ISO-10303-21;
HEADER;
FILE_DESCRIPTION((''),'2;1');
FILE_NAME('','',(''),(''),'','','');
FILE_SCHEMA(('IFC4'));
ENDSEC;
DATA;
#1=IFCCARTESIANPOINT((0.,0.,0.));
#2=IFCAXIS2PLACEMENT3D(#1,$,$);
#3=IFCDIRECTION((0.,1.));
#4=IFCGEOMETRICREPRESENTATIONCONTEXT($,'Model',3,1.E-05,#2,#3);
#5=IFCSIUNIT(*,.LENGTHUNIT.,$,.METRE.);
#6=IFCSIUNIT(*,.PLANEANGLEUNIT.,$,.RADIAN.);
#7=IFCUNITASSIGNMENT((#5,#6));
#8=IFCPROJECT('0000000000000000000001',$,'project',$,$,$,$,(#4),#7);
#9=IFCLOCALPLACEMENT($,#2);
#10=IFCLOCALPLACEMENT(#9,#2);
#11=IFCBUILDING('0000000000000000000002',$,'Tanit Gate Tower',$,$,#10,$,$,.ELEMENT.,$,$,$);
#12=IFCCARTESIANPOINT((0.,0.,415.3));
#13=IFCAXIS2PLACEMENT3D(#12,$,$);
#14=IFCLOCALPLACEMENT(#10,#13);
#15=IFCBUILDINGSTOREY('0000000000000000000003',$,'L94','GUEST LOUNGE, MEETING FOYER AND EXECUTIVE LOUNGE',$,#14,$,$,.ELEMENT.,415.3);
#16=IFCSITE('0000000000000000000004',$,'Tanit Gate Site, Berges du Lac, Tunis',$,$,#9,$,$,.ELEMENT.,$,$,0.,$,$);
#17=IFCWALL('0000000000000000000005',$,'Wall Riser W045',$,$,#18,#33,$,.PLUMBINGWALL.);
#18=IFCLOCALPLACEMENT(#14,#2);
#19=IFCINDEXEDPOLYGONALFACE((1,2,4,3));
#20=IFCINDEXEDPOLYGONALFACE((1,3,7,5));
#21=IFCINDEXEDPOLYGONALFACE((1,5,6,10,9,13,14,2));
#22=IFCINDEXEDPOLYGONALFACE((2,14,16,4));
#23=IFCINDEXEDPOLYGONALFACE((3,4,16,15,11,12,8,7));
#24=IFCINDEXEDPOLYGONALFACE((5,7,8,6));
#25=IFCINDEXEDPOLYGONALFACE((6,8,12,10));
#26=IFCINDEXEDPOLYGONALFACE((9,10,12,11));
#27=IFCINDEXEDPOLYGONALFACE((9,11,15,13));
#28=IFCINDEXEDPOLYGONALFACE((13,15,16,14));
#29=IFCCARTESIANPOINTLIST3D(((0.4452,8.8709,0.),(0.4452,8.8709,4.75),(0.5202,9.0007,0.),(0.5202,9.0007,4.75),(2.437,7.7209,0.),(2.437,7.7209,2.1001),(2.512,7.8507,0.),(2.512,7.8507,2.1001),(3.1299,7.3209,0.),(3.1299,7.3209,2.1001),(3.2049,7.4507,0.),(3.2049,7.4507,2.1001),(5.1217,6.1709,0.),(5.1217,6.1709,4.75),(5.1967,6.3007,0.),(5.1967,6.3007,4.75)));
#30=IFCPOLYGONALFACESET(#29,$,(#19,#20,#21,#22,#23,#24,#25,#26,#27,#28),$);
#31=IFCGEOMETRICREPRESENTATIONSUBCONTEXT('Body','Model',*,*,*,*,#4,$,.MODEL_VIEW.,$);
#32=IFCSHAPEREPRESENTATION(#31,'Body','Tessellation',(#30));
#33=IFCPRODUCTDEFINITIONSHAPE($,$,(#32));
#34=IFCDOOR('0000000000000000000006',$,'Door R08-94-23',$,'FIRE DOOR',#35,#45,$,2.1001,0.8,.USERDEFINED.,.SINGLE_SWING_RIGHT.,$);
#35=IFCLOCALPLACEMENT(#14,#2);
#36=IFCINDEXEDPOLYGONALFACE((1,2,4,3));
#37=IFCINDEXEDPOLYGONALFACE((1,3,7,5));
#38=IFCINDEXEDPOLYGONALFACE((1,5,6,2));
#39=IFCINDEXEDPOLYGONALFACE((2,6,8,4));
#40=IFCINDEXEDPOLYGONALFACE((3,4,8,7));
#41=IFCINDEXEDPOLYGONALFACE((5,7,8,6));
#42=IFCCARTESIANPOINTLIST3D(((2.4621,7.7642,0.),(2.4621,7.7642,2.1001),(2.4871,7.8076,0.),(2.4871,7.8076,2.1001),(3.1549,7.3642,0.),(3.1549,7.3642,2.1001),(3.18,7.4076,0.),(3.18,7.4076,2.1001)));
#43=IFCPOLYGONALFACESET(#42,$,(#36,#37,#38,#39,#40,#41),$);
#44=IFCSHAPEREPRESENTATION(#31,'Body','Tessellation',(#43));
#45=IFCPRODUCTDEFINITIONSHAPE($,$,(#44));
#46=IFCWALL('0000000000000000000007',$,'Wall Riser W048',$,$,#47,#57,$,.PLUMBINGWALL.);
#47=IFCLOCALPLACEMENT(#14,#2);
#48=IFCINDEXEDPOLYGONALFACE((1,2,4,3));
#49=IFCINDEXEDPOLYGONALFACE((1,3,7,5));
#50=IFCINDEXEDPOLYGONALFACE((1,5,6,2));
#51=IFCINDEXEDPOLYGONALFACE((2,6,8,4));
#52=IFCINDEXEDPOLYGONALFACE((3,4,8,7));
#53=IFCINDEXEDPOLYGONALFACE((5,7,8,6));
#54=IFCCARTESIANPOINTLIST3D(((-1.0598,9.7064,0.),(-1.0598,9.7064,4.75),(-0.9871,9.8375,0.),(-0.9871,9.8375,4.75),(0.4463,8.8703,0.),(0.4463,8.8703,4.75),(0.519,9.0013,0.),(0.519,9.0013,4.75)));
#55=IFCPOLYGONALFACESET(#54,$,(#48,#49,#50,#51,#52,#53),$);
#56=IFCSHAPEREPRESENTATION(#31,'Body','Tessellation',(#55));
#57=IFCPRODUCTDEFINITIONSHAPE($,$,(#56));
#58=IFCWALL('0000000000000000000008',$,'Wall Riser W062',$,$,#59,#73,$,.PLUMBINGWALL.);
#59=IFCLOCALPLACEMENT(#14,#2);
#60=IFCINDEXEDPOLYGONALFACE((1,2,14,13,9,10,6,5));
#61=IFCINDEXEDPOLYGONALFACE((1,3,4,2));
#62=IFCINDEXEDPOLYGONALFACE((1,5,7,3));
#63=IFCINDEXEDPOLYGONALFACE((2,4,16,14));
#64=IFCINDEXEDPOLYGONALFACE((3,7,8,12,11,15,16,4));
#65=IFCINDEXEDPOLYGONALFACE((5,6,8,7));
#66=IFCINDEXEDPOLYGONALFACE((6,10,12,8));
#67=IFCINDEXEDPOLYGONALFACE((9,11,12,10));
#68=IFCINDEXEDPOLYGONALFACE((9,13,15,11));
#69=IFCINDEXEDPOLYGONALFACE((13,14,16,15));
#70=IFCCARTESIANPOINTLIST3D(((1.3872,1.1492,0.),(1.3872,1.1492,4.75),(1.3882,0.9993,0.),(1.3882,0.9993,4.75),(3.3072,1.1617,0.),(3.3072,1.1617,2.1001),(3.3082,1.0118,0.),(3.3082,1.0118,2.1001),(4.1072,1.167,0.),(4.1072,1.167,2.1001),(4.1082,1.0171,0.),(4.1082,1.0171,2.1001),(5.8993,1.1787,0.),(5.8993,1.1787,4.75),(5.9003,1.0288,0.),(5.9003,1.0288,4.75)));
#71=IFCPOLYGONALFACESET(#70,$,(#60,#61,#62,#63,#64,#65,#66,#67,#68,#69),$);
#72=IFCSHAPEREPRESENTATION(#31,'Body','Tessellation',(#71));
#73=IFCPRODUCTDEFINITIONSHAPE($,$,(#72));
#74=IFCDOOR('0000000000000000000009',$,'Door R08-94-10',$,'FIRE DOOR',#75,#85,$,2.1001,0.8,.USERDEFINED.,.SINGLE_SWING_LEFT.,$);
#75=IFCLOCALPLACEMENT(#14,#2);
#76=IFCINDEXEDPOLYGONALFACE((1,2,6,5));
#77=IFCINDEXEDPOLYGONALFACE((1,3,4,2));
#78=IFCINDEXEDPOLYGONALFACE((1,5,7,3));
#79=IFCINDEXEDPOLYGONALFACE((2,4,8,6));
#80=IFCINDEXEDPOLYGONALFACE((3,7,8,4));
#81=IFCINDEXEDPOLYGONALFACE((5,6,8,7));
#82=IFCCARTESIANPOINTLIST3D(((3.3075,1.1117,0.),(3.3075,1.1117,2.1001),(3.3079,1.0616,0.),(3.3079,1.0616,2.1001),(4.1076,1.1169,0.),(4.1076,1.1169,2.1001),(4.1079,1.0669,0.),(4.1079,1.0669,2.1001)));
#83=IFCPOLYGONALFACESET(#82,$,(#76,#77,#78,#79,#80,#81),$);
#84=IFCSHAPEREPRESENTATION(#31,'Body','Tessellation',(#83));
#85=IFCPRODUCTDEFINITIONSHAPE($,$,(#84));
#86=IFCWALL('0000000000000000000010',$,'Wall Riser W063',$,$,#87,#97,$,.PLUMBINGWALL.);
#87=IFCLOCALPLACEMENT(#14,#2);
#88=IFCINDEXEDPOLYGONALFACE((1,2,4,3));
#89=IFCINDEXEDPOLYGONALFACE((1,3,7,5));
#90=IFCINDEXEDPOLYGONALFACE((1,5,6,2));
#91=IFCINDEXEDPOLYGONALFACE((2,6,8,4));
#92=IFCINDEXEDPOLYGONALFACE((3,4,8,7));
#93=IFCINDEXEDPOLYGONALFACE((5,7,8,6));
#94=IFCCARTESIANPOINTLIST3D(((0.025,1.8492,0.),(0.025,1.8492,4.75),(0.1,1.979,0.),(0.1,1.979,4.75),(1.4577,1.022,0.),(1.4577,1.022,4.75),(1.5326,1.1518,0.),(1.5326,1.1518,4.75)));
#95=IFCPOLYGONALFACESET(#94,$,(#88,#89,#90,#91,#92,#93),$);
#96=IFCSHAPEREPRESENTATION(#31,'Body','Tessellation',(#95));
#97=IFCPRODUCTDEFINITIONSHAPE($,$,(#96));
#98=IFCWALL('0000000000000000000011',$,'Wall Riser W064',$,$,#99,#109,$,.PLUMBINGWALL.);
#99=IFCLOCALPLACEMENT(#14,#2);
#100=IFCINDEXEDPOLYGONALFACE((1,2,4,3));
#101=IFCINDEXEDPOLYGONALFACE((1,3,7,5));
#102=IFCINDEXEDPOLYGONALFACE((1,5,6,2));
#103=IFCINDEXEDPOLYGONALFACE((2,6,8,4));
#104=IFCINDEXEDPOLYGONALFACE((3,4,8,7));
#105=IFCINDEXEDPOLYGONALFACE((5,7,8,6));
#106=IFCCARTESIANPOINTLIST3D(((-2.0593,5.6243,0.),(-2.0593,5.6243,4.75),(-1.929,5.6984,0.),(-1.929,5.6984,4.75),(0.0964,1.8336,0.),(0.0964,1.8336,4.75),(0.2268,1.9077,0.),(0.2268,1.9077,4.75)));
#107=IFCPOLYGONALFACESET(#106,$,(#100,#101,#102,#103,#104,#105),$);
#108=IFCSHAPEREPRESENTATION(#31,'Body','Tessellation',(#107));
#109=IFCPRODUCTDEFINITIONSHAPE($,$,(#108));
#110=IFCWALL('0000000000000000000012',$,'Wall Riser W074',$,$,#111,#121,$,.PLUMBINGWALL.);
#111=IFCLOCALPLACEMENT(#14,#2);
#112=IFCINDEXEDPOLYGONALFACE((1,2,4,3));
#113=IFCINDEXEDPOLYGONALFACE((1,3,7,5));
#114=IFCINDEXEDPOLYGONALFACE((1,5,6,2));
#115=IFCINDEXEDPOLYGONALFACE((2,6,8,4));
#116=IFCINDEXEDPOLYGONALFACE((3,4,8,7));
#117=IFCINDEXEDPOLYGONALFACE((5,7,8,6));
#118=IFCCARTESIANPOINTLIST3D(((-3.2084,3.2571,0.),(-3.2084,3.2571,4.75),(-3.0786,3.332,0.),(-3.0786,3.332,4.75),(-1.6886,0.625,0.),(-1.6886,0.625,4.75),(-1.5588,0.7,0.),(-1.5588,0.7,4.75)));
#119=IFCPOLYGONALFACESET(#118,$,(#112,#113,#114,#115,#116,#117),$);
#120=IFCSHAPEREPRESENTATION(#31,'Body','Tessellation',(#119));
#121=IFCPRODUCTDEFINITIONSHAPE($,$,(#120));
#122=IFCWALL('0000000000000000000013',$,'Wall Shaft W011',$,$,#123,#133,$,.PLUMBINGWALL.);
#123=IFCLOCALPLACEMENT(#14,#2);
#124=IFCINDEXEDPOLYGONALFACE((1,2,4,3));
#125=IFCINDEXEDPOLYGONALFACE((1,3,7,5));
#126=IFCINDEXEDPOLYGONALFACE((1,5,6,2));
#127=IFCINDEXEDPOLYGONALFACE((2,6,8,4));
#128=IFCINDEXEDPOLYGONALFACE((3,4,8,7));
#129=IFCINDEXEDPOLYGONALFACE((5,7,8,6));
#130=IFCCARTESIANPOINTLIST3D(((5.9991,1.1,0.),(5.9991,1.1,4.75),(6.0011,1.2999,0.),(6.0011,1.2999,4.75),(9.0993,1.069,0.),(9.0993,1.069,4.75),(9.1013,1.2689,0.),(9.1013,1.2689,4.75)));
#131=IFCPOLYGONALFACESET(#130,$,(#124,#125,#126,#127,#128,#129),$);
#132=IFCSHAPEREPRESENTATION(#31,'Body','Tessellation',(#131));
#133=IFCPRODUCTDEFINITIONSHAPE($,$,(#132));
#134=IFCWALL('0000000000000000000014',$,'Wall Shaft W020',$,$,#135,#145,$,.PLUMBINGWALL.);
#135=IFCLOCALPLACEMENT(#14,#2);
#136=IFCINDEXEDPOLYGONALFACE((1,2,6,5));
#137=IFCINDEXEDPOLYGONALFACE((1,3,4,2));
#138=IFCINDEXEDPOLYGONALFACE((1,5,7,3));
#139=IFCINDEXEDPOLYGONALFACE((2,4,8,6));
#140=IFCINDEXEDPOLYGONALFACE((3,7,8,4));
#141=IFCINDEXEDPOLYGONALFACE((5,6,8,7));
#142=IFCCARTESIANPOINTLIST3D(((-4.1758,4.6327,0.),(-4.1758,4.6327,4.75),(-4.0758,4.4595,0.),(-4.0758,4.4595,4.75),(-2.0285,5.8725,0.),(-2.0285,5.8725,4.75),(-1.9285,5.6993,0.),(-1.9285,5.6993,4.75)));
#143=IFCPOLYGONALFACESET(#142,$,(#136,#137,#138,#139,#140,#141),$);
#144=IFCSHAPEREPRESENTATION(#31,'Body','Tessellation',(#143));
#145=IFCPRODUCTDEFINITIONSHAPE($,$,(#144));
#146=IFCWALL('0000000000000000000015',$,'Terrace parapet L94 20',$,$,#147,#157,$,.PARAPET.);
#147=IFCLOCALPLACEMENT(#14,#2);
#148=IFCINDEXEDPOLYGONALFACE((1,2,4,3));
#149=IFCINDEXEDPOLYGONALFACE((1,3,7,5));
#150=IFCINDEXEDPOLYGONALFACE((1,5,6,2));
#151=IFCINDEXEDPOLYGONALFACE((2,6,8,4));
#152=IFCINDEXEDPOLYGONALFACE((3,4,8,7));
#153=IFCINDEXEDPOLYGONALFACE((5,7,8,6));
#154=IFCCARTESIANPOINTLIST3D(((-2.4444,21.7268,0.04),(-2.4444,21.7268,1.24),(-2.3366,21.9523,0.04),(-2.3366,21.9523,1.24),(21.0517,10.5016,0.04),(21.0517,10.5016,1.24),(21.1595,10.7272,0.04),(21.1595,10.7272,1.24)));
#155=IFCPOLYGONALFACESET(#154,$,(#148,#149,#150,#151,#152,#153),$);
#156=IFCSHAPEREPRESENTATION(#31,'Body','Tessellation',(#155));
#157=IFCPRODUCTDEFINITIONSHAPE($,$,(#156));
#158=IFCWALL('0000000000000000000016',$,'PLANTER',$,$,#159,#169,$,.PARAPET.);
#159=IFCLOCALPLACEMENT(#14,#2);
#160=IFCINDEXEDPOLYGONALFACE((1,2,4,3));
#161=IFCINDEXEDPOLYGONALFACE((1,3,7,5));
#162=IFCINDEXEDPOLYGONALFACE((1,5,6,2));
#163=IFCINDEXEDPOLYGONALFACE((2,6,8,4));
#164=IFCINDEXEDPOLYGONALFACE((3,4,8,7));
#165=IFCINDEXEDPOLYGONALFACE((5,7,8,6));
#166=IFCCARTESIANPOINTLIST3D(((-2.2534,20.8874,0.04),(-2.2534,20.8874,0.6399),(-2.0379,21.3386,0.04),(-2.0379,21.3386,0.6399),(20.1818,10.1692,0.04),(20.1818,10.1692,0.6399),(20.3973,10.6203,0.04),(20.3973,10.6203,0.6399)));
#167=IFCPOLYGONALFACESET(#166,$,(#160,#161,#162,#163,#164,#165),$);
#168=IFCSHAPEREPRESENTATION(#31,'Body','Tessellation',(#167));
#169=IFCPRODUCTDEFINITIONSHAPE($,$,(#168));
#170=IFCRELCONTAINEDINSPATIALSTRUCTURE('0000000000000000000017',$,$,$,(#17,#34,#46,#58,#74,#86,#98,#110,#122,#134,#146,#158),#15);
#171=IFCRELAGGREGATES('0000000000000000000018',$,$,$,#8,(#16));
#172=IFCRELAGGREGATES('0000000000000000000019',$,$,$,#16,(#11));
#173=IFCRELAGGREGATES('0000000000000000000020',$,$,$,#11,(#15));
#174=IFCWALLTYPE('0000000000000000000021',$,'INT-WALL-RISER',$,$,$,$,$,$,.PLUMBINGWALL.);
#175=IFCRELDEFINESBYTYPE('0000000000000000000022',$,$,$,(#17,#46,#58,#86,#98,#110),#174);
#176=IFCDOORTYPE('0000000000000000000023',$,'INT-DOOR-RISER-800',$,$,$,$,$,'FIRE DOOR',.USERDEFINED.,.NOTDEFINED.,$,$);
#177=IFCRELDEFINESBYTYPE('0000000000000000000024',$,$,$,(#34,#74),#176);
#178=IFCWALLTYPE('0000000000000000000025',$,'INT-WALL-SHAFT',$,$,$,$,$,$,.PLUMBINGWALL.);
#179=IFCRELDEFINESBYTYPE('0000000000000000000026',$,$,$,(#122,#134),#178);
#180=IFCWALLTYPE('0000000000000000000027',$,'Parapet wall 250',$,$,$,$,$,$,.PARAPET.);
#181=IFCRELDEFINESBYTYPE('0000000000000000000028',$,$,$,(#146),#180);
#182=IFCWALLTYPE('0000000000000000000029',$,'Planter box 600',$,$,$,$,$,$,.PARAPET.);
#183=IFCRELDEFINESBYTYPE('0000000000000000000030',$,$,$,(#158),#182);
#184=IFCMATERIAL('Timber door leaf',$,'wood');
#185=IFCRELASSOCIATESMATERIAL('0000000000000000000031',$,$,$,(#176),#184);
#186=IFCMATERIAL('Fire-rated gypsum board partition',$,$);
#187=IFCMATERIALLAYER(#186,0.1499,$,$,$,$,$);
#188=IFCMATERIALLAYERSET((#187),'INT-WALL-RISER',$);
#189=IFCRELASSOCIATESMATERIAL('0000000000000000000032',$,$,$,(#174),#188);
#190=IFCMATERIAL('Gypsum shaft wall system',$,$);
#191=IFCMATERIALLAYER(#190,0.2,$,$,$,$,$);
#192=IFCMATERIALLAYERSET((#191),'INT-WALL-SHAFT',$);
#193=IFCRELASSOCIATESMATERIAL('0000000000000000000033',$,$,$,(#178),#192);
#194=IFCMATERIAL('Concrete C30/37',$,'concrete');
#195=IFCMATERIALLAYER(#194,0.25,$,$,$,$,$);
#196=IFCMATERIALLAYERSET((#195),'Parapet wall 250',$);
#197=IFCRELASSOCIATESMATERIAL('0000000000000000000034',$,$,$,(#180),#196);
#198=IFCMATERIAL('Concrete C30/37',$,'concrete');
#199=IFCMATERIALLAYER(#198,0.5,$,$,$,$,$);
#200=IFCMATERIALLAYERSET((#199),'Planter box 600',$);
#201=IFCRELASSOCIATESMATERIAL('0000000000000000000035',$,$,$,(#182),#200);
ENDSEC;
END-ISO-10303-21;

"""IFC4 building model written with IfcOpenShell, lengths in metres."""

from ifc_helpers import new_model, si_unit, direction, frame, frame_2d, origin, place, context, subcontext, project, spatial, rectangle, extrude, material, layer, layer_set, type_object, element, fill, save


model = new_model("IFC4")

# Units and contexts
model_context = context("Model", 3, precision=1e-05, world=origin(), true_north=direction((0.0, 1.0)))
body_context = subcontext(model_context, "Body", "Model", "MODEL_VIEW")
ifc_project = project(units=[si_unit("LENGTHUNIT", "METRE"), si_unit("PLANEANGLEUNIT", "RADIAN")], contexts=[model_context])

# Site, building, storey
site_placement = place(None, origin())
site = spatial("IfcSite", under=ifc_project, at=site_placement, Name="Tanit Gate Site, Berges du Lac, Tunis", CompositionType="ELEMENT", RefElevation=0.0)
building_placement = place(site_placement, origin())
building = spatial("IfcBuilding", under=site, at=building_placement, Name="Tanit Gate Tower", CompositionType="ELEMENT")
storey_placement = place(building_placement, frame((0.0, 0.0, 415.3)))
storey = spatial("IfcBuildingStorey", under=building, at=storey_placement, Name="L94", Description="GUEST LOUNGE, MEETING FOYER AND EXECUTIVE LOUNGE", CompositionType="ELEMENT", Elevation=415.3)

# Wall, opening, door
ifc_material_1 = material(Name="Timber door leaf", Category="wood")
door_type_1 = type_object("IfcDoorType", Name="INT-DOOR-RISER-800", ElementType="FIRE DOOR", OperationType="NOTDEFINED", PredefinedType="USERDEFINED", material=ifc_material_1)
ifc_material_2 = material(Name="Fire-rated gypsum board partition")
ifc_layer_1 = layer(ifc_material_2, 0.1499)
ifc_layer_set_1 = layer_set([ifc_layer_1], Name="INT-WALL-RISER")
wall_type_1 = type_object("IfcWallType", Name="INT-WALL-RISER", PredefinedType="PLUMBINGWALL", material=ifc_layer_set_1)
wall_1_placement = place(storey_placement, frame((5.1592, 6.2358, 0.0), z_axis=(0.0, 0.0, 1.0), x_axis=(-0.866028, 0.499995, 0.0)))
wall_1 = element("IfcWall", 1, at=wall_1_placement, inside=storey, type_object=wall_type_1, Name="Wall Riser W045", PredefinedType="PLUMBINGWALL", context=body_context, shape_type="SweptSolid", body=[
    extrude(rectangle(XDim=5.3999, YDim=0.1499, at=frame_2d((2.7, 0.0))), origin(), (0.0, 0.0, 1.0), 4.75),
])
opening_1_placement = place(wall_1_placement, frame((2.3, 0.0, 0.0)))
opening_1 = element("IfcOpeningElement", 2, at=opening_1_placement, cuts=wall_1, PredefinedType="OPENING", context=body_context, shape_type="SweptSolid", body=[
    extrude(rectangle(XDim=0.8, YDim=2.1001, at=frame_2d((0.3999, 1.05))), frame((0.0, 0.085, 0.0), z_axis=(0.0, -1.0, 0.0), x_axis=(1.0, 0.0, 0.0)), (0.0, 0.0, 1.0), 0.1699),
])
door_1_placement = place(opening_1_placement, origin())
door_1 = element("IfcDoor", 3, at=door_1_placement, inside=storey, type_object=door_type_1, Name="Door R08-94-23", ObjectType="FIRE DOOR", OperationType="SINGLE_SWING_RIGHT", OverallHeight=2.1001, OverallWidth=0.8, PredefinedType="USERDEFINED", context=body_context, shape_type="SweptSolid", body=[
    extrude(rectangle(XDim=0.8, YDim=2.1001, at=frame_2d((0.3999, 1.05))), frame((0.0, 0.0249, 0.0), z_axis=(0.0, -1.0, 0.0), x_axis=(1.0, 0.0, 0.0)), (0.0, 0.0, 1.0), 0.05),
])
fill(opening_1, door_1)

# Wall
wall_2_placement = place(storey_placement, frame((0.4827, 8.9358, 0.0), z_axis=(0.0, 0.0, 1.0), x_axis=(-0.874291, 0.485402, 0.0)))
element("IfcWall", 4, at=wall_2_placement, inside=storey, type_object=wall_type_1, Name="Wall Riser W048", PredefinedType="PLUMBINGWALL", context=body_context, shape_type="SweptSolid", body=[
    extrude(rectangle(XDim=1.7227, YDim=0.1499, at=frame_2d((0.8613, 0.0))), origin(), (0.0, 0.0, 1.0), 4.75),
])

# Wall, opening, door
wall_3_placement = place(storey_placement, frame((1.3877, 1.0742, 0.0), z_axis=(0.0, 0.0, 1.0), x_axis=(0.999979, 0.006547, 0.0)))
wall_3 = element("IfcWall", 5, at=wall_3_placement, inside=storey, type_object=wall_type_1, Name="Wall Riser W062", PredefinedType="PLUMBINGWALL", context=body_context, shape_type="SweptSolid", body=[
    extrude(rectangle(XDim=4.5122, YDim=0.1499, at=frame_2d((2.2561, 0.0))), origin(), (0.0, 0.0, 1.0), 4.75),
])
opening_2_placement = place(wall_3_placement, frame((1.9202, 0.0, 0.0)))
opening_2 = element("IfcOpeningElement", 6, at=opening_2_placement, cuts=wall_3, PredefinedType="OPENING", context=body_context, shape_type="SweptSolid", body=[
    extrude(rectangle(XDim=0.8, YDim=2.1001, at=frame_2d((0.3999, 1.05))), frame((0.0, 0.085, 0.0), z_axis=(0.0, -1.0, 0.0), x_axis=(1.0, 0.0, 0.0)), (0.0, 0.0, 1.0), 0.1699),
])
door_2_placement = place(opening_2_placement, origin())
door_2 = element("IfcDoor", 7, at=door_2_placement, inside=storey, type_object=door_type_1, Name="Door R08-94-10", ObjectType="FIRE DOOR", OperationType="SINGLE_SWING_LEFT", OverallHeight=2.1001, OverallWidth=0.8, PredefinedType="USERDEFINED", context=body_context, shape_type="SweptSolid", body=[
    extrude(rectangle(XDim=0.8, YDim=2.1001, at=frame_2d((0.3999, 1.05))), frame((0.0, 0.0249, 0.0), z_axis=(0.0, -1.0, 0.0), x_axis=(1.0, 0.0, 0.0)), (0.0, 0.0, 1.0), 0.05),
])
fill(opening_2, door_2)

# Walls
wall_4_placement = place(storey_placement, frame((0.0625, 1.9141, 0.0), z_axis=(0.0, 0.0, 1.0), x_axis=(0.866018, -0.500012, 0.0)))
element("IfcWall", 8, at=wall_4_placement, inside=storey, type_object=wall_type_1, Name="Wall Riser W063", PredefinedType="PLUMBINGWALL", context=body_context, shape_type="SweptSolid", body=[
    extrude(rectangle(XDim=1.6543, YDim=0.1499, at=frame_2d((0.8271, 0.0))), origin(), (0.0, 0.0, 1.0), 4.75),
])
wall_5_placement = place(storey_placement, frame((-1.9941, 5.6614, 0.0), z_axis=(0.0, 0.0, 1.0), x_axis=(0.494341, -0.869268, 0.0)))
element("IfcWall", 9, at=wall_5_placement, inside=storey, type_object=wall_type_1, Name="Wall Riser W064", PredefinedType="PLUMBINGWALL", context=body_context, shape_type="SweptSolid", body=[
    extrude(rectangle(XDim=4.3608, YDim=0.1499, at=frame_2d((2.1804, 0.0))), origin(), (0.0, 0.0, 1.0), 4.75),
])
wall_6_placement = place(storey_placement, frame((-1.6238, 0.6626, 0.0), z_axis=(0.0, 0.0, 1.0), x_axis=(-0.500035, 0.866005, 0.0)))
element("IfcWall", 10, at=wall_6_placement, inside=storey, type_object=wall_type_1, Name="Wall Riser W074", PredefinedType="PLUMBINGWALL", context=body_context, shape_type="SweptSolid", body=[
    extrude(rectangle(XDim=3.0393, YDim=0.1499, at=frame_2d((1.5195, 0.0))), origin(), (0.0, 0.0, 1.0), 4.75),
])

# Shared definitions
ifc_material_3 = material(Name="Gypsum shaft wall system")
ifc_layer_2 = layer(ifc_material_3, 0.2)
ifc_layer_set_2 = layer_set([ifc_layer_2], Name="INT-WALL-SHAFT")
wall_type_2 = type_object("IfcWallType", Name="INT-WALL-SHAFT", PredefinedType="PLUMBINGWALL", material=ifc_layer_set_2)

# Walls
wall_7_placement = place(storey_placement, frame((6.0, 1.2, 0.0), z_axis=(0.0, 0.0, 1.0), x_axis=(0.99995, -0.010001, 0.0)))
element("IfcWall", 11, at=wall_7_placement, inside=storey, type_object=wall_type_2, Name="Wall Shaft W011", PredefinedType="PLUMBINGWALL", context=body_context, shape_type="SweptSolid", body=[
    extrude(rectangle(XDim=3.1003, YDim=0.2, at=frame_2d((1.5503, 0.0))), origin(), (0.0, 0.0, 1.0), 4.75),
])
wall_8_placement = place(storey_placement, frame((-1.9785, 5.7859, 0.0), z_axis=(0.0, 0.0, 1.0), x_axis=(-0.866017, -0.500015, 0.0)))
element("IfcWall", 12, at=wall_8_placement, inside=storey, type_object=wall_type_2, Name="Wall Shaft W020", PredefinedType="PLUMBINGWALL", context=body_context, shape_type="SweptSolid", body=[
    extrude(rectangle(XDim=2.4795, YDim=0.2, at=frame_2d((1.2397, 0.0))), origin(), (0.0, 0.0, 1.0), 4.75),
])
ifc_material_4 = material(Name="Concrete C30/37", Category="concrete")
ifc_layer_3 = layer(ifc_material_4, 0.25)
ifc_layer_set_3 = layer_set([ifc_layer_3], Name="Parapet wall 250")
wall_type_3 = type_object("IfcWallType", Name="Parapet wall 250", PredefinedType="PARAPET", material=ifc_layer_set_3)
wall_9_placement = place(storey_placement, frame((-2.3906, 21.8396, 0.04), z_axis=(0.0, 0.0, 1.0), x_axis=(0.902316, -0.431075, 0.0)))
element("IfcWall", 13, at=wall_9_placement, inside=storey, type_object=wall_type_3, Name="Terrace parapet L94 20", PredefinedType="PARAPET", context=body_context, shape_type="SweptSolid", body=[
    extrude(rectangle(XDim=26.0398, YDim=0.25, at=frame_2d((13.02, 0.0))), origin(), (0.0, 0.0, 1.0), 1.2),
])
ifc_material_5 = material(Name="Concrete C30/37", Category="concrete")
ifc_layer_4 = layer(ifc_material_5, 0.5)
ifc_layer_set_4 = layer_set([ifc_layer_4], Name="Planter box 600")
wall_type_4 = type_object("IfcWallType", Name="Planter box 600", PredefinedType="PARAPET", material=ifc_layer_set_4)
wall_10_placement = place(storey_placement, frame((-2.1458, 21.113, 0.04), z_axis=(0.0, 0.0, 1.0), x_axis=(0.902317, -0.431074, 0.0)))
element("IfcWall", 14, at=wall_10_placement, inside=storey, type_object=wall_type_4, Name="PLANTER", PredefinedType="PARAPET", context=body_context, shape_type="SweptSolid", body=[
    extrude(rectangle(XDim=24.864, YDim=0.5, at=frame_2d((12.4321, 0.0))), origin(), (0.0, 0.0, 1.0), 0.5999),
])

save(model, "model.ifc")
